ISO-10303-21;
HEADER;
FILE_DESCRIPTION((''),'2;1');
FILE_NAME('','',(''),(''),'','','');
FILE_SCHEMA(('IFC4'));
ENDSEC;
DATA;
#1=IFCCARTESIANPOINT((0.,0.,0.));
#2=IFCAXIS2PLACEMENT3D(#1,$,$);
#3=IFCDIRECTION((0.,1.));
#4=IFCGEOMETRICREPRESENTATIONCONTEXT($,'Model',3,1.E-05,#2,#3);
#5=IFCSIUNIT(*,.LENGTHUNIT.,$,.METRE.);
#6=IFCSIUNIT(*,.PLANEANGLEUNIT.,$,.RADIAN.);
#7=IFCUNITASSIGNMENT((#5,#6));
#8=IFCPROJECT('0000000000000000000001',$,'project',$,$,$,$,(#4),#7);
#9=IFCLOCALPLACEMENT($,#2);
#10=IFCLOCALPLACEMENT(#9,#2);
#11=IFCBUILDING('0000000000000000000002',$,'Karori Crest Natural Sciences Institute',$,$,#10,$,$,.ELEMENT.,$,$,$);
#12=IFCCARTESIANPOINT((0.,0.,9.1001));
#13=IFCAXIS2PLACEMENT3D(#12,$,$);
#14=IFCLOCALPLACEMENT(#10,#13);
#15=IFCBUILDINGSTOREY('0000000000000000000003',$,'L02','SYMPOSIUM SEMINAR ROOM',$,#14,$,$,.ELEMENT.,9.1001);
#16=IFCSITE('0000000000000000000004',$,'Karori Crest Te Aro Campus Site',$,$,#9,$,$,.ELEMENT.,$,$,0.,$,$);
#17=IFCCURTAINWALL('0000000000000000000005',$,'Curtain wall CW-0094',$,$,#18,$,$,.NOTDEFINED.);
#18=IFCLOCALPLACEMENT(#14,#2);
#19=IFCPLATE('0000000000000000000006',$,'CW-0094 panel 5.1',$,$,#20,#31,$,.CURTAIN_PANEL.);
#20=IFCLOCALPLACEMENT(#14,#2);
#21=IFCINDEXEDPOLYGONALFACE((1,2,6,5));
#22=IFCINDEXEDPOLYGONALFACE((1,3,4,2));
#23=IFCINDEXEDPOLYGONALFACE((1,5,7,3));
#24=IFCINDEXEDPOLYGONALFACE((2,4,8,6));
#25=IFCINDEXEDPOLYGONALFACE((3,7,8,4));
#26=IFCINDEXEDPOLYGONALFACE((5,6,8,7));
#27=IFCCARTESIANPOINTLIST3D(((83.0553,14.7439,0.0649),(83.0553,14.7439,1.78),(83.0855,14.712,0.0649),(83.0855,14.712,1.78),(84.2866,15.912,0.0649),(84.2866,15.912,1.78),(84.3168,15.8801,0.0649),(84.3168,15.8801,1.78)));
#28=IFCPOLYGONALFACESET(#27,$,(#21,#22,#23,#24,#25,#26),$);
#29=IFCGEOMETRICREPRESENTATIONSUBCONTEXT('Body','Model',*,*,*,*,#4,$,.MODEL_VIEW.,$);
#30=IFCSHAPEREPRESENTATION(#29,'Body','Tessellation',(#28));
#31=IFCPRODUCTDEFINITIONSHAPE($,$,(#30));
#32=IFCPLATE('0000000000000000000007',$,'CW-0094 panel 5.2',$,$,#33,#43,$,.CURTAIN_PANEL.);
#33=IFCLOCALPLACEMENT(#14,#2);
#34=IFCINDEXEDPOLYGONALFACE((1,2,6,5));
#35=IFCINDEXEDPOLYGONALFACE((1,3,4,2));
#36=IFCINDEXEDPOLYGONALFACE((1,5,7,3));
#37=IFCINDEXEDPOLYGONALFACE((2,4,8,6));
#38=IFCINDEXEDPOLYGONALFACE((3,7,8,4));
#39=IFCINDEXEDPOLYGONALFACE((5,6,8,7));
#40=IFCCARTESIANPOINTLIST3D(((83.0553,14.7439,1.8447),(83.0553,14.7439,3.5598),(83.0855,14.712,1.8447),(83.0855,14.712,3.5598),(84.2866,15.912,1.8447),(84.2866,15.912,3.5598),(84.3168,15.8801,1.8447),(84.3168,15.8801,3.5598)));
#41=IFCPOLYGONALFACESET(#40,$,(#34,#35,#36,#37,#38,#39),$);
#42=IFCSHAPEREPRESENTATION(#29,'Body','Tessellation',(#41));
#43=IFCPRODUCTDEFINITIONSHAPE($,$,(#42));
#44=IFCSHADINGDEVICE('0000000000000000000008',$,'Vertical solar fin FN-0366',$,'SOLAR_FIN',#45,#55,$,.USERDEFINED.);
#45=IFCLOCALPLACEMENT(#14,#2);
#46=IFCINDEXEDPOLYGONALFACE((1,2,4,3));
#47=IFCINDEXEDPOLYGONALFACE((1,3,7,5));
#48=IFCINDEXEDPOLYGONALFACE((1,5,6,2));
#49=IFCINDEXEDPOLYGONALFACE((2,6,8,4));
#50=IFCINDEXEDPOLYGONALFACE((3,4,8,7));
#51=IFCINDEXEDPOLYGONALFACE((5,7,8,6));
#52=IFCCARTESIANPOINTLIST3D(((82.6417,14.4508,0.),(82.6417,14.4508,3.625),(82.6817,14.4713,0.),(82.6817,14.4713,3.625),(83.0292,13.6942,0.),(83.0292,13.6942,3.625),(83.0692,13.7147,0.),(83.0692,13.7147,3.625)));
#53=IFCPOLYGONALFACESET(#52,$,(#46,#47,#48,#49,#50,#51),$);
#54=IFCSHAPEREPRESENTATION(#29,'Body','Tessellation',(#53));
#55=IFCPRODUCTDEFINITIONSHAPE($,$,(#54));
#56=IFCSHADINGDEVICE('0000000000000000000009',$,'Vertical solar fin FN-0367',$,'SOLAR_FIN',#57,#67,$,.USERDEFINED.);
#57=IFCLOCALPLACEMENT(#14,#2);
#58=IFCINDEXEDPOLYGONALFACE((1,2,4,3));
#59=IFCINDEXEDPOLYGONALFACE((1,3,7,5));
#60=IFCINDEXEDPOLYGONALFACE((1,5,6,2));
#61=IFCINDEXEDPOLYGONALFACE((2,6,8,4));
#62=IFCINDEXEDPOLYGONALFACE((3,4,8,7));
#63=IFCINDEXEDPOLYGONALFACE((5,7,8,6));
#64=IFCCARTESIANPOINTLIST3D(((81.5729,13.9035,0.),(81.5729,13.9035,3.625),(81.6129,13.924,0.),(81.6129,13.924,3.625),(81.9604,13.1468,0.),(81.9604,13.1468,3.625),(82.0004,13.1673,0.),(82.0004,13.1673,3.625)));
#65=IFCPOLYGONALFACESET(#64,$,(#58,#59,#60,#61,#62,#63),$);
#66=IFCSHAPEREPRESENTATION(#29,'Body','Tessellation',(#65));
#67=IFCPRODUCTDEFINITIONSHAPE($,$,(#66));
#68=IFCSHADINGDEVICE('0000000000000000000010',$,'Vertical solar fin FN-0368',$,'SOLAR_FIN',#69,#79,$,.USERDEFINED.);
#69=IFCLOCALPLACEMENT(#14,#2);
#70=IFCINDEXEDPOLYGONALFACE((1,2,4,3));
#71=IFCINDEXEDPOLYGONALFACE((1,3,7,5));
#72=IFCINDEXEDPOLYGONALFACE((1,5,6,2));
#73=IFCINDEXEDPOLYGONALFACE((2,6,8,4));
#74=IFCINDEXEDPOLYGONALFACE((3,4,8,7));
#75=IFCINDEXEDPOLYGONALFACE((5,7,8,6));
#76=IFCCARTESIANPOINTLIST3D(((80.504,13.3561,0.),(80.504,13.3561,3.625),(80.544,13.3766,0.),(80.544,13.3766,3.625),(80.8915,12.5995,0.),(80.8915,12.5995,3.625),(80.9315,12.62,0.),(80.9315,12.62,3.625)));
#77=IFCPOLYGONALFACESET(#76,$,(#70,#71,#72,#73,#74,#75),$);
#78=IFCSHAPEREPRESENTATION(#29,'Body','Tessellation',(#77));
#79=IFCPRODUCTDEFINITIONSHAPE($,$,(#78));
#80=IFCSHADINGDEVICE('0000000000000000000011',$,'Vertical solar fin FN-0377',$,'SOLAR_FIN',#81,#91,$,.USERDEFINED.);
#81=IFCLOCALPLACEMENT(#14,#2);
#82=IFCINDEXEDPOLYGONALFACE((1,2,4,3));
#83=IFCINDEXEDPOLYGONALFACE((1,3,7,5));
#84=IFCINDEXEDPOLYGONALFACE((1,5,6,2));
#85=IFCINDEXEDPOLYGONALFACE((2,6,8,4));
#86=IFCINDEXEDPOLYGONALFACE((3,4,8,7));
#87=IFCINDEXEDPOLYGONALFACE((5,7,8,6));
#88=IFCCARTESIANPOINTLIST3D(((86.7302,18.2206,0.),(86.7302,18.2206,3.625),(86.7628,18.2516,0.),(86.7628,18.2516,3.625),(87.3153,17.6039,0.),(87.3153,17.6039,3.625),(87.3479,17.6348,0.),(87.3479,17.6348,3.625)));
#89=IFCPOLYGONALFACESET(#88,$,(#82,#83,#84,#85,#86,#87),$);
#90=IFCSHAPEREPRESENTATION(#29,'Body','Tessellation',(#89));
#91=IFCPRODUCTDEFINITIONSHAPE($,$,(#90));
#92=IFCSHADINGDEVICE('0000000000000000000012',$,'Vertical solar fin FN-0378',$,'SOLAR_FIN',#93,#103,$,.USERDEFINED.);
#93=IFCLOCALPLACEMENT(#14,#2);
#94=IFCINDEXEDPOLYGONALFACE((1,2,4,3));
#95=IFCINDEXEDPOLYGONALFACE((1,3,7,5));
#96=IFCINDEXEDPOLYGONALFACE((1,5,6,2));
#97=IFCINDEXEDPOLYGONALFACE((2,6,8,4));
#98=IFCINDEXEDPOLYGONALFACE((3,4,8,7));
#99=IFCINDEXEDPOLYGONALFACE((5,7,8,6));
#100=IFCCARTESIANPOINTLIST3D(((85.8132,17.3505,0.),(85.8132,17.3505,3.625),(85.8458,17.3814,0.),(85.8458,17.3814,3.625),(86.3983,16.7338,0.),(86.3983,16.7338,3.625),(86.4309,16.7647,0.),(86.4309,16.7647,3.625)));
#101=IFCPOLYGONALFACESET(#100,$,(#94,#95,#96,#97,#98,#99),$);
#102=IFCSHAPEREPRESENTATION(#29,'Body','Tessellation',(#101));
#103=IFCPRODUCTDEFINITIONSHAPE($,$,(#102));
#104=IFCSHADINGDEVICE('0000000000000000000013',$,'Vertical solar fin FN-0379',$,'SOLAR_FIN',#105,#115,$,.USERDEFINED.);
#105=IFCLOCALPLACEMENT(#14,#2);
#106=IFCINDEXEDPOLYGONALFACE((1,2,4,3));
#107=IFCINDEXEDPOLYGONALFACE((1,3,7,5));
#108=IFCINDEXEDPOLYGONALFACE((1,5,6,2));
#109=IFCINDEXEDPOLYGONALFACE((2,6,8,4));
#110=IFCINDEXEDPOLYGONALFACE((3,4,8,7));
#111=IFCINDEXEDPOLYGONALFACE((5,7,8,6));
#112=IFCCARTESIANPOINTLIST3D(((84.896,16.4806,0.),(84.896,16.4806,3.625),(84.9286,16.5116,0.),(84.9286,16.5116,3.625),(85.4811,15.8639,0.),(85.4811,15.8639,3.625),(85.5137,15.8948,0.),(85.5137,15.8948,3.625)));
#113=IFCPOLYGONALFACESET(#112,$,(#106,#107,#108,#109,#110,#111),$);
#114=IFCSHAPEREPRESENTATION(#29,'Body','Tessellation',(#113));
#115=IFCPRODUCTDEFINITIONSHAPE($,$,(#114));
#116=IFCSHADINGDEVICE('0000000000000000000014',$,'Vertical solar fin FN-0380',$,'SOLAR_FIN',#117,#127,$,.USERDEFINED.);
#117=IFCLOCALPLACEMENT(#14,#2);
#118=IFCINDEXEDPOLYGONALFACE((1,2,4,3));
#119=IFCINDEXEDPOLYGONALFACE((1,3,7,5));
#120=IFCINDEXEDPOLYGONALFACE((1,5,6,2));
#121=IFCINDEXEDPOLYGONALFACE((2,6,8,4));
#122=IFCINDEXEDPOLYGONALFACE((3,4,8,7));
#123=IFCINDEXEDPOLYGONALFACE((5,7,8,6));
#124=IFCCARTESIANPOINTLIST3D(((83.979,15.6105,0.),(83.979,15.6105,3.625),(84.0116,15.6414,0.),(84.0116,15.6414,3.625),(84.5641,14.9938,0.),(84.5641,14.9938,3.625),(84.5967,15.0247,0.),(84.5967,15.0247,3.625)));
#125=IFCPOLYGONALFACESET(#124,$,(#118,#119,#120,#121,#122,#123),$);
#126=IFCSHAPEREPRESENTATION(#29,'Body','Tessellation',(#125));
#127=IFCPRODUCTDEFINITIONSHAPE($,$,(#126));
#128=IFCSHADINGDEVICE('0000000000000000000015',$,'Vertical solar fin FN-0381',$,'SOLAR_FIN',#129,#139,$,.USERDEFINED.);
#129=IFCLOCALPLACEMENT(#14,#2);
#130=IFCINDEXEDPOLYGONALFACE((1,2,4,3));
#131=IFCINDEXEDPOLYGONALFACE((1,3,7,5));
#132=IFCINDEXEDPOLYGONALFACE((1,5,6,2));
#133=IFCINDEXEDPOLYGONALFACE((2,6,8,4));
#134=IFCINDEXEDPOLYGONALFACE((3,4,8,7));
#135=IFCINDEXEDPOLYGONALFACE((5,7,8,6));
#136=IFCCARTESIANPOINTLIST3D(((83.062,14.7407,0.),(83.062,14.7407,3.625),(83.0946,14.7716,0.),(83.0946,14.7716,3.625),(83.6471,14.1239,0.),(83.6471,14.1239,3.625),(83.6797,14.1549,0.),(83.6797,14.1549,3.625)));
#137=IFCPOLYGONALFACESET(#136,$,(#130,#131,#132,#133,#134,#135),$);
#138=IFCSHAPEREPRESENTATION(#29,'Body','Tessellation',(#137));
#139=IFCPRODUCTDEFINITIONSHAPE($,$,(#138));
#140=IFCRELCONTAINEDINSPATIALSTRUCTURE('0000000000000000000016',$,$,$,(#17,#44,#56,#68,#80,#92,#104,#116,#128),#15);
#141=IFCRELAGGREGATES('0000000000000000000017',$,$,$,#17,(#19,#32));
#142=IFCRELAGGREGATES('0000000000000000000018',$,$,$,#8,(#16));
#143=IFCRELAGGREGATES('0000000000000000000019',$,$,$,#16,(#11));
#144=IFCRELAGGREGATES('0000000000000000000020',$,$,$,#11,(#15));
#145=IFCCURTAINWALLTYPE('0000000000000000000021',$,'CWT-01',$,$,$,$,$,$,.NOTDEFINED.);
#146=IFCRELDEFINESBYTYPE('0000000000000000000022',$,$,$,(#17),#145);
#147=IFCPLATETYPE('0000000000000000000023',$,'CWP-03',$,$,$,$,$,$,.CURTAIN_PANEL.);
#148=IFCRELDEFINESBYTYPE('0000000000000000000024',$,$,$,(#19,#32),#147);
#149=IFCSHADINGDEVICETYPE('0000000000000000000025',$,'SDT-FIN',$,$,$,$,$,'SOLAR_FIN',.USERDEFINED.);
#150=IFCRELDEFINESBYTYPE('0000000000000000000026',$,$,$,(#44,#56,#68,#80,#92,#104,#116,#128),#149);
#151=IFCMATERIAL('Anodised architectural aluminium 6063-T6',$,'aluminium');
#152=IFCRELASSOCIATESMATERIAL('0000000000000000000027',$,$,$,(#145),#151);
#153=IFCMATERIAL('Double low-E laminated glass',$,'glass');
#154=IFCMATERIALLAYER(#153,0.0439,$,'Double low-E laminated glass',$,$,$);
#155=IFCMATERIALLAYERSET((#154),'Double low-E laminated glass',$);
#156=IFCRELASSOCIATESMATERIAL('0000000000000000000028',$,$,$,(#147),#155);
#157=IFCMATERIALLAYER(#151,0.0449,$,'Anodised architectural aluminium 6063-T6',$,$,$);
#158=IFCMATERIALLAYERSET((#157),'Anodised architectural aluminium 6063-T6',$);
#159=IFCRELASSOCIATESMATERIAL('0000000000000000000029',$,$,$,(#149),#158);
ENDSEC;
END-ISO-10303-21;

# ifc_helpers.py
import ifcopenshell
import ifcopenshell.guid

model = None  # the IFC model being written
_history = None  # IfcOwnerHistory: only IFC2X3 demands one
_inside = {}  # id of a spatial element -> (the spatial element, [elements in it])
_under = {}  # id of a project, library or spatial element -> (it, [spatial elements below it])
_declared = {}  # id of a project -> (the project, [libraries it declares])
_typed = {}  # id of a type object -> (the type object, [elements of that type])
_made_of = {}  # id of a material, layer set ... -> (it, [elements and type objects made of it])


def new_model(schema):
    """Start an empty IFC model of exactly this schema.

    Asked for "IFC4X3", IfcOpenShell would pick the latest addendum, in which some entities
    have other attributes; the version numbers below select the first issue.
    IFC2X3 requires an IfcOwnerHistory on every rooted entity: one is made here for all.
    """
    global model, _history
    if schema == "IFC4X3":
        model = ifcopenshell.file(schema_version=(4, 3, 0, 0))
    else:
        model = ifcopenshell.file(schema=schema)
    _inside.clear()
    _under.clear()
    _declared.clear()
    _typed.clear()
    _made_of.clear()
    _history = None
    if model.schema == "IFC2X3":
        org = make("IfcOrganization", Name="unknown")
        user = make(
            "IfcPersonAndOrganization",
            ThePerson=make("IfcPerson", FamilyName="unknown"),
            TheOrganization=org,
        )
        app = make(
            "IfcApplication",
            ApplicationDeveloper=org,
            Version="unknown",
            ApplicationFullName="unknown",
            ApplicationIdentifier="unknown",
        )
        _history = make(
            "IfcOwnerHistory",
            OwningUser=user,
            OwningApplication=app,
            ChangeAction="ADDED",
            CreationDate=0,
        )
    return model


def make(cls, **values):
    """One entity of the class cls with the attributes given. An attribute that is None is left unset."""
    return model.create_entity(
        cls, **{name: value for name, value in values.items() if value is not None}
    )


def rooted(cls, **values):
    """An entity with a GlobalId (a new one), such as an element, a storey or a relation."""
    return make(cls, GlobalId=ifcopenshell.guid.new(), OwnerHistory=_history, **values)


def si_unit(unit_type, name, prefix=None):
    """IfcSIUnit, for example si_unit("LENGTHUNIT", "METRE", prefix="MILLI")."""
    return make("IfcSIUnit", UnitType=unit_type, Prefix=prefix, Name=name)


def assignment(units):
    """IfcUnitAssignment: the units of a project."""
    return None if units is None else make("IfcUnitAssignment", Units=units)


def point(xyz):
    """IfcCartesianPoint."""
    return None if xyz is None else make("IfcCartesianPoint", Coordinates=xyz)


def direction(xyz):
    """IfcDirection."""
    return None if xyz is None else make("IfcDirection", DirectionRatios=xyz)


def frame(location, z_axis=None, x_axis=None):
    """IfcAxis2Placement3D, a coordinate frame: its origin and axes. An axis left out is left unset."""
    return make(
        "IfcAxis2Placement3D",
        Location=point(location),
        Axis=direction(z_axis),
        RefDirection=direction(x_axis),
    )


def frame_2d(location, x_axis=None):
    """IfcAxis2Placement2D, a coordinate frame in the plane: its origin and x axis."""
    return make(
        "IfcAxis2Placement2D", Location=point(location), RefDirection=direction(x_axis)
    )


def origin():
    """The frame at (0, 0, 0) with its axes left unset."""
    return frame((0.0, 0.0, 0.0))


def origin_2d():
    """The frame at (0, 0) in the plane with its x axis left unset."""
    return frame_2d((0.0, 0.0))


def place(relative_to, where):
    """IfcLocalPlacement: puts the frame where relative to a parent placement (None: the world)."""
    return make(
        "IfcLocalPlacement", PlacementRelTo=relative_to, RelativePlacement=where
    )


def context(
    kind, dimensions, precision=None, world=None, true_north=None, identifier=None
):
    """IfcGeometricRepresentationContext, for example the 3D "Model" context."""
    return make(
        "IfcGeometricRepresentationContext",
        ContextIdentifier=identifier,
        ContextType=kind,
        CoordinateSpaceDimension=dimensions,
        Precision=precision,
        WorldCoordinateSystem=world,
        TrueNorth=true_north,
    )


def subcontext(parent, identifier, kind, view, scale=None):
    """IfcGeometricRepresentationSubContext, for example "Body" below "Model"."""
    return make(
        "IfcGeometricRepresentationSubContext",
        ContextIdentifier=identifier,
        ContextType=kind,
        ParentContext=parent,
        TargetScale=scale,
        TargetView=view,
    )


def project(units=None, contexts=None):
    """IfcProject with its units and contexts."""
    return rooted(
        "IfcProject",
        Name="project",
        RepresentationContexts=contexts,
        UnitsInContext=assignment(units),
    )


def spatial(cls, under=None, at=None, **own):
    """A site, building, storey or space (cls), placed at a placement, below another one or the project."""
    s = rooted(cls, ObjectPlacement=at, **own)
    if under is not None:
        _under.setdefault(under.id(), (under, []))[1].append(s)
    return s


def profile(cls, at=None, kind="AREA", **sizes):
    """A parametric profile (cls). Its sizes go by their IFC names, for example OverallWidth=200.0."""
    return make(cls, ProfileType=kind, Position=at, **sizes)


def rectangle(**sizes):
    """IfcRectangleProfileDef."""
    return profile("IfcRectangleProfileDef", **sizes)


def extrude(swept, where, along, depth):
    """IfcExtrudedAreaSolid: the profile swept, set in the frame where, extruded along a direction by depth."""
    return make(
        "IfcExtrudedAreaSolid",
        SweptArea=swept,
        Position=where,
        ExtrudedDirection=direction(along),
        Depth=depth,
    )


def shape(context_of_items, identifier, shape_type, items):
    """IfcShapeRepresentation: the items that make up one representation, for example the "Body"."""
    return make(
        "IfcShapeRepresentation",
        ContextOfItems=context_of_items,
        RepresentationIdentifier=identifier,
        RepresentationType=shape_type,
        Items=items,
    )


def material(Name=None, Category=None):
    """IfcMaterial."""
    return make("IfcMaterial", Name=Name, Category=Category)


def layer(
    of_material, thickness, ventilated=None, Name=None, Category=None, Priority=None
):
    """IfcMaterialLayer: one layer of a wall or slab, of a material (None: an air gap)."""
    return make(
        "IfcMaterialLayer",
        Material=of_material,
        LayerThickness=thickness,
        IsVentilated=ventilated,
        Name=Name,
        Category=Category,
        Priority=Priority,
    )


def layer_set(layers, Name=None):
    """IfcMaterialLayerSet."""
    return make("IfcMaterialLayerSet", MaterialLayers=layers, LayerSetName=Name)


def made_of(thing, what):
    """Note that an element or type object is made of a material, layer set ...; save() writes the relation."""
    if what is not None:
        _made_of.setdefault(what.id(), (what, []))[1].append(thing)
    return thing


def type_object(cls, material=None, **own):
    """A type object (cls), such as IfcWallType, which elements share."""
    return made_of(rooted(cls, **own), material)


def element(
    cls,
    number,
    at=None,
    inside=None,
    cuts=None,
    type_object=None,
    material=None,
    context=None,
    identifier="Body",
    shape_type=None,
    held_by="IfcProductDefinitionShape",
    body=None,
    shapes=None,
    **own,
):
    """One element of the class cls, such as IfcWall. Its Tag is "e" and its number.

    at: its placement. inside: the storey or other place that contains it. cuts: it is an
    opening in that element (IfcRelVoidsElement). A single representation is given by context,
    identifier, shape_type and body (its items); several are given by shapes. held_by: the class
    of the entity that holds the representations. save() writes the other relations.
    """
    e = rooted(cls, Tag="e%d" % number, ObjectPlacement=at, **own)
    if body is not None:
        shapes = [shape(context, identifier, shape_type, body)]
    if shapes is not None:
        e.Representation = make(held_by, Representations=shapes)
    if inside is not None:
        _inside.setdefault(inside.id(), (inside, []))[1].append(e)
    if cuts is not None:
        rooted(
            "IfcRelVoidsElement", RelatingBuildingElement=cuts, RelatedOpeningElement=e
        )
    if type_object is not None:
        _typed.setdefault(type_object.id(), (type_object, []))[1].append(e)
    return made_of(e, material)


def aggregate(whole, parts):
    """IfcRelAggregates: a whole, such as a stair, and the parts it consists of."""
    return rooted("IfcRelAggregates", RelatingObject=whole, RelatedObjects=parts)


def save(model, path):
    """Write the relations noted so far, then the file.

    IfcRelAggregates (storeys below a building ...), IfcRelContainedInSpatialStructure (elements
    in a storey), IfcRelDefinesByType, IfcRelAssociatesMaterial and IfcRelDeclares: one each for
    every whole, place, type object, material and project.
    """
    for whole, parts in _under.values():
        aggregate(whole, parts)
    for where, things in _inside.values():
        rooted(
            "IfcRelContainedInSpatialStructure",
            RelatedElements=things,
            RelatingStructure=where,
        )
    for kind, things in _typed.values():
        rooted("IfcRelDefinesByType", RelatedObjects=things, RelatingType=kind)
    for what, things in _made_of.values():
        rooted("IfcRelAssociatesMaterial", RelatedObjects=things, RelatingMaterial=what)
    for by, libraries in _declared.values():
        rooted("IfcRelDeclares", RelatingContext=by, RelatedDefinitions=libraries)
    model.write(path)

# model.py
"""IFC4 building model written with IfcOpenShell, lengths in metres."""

from ifc_helpers import new_model, si_unit, direction, frame, origin, origin_2d, place, context, subcontext, project, spatial, rectangle, extrude, material, layer, layer_set, type_object, element, aggregate, save


model = new_model("IFC4")

# Units and contexts
model_context = context("Model", 3, precision=1e-05, world=origin(), true_north=direction((0.0, 1.0)))
body_context = subcontext(model_context, "Body", "Model", "MODEL_VIEW")
ifc_project = project(units=[si_unit("LENGTHUNIT", "METRE"), si_unit("PLANEANGLEUNIT", "RADIAN")], contexts=[model_context])

# Site, building, storey
site_placement = place(None, origin())
site = spatial("IfcSite", under=ifc_project, at=site_placement, Name="Karori Crest Te Aro Campus Site", CompositionType="ELEMENT", RefElevation=0.0)
building_placement = place(site_placement, origin())
building = spatial("IfcBuilding", under=site, at=building_placement, Name="Karori Crest Natural Sciences Institute", CompositionType="ELEMENT")
storey_placement = place(building_placement, frame((0.0, 0.0, 9.1001)))
storey = spatial("IfcBuildingStorey", under=building, at=storey_placement, Name="L02", Description="SYMPOSIUM SEMINAR ROOM", CompositionType="ELEMENT", Elevation=9.1001)

# Curtain wall
ifc_material_1 = material(Name="Anodised architectural aluminium 6063-T6", Category="aluminium")
curtain_wall_type_1 = type_object("IfcCurtainWallType", Name="CWT-01", PredefinedType="NOTDEFINED", material=ifc_material_1)
curtain_wall_1_placement = place(storey_placement, origin())
curtain_wall_1 = element("IfcCurtainWall", 1, at=curtain_wall_1_placement, inside=storey, type_object=curtain_wall_type_1, Name="Curtain wall CW-0094", PredefinedType="NOTDEFINED")

# Plates
ifc_material_2 = material(Name="Double low-E laminated glass", Category="glass")
ifc_layer_1 = layer(ifc_material_2, 0.0439, Name="Double low-E laminated glass")
ifc_layer_set_1 = layer_set([ifc_layer_1], Name="Double low-E laminated glass")
plate_type_1 = type_object("IfcPlateType", Name="CWP-03", PredefinedType="CURTAIN_PANEL", material=ifc_layer_set_1)
plate_1_placement = place(storey_placement, frame((83.686, 15.312, 0.0649), z_axis=(0.0, 0.0, 1.0), x_axis=(-0.725473, -0.688251, 0.0)))
plate_1 = element("IfcPlate", 2, at=plate_1_placement, type_object=plate_type_1, Name="CW-0094 panel 5.1", PredefinedType="CURTAIN_PANEL", context=body_context, shape_type="SweptSolid", body=[
    extrude(rectangle(XDim=1.6973, YDim=0.0439, at=origin_2d()), origin(), (0.0, 0.0, 1.0), 1.7151),
])
plate_2_placement = place(storey_placement, frame((83.686, 15.312, 1.8447), z_axis=(0.0, 0.0, 1.0), x_axis=(-0.725473, -0.688251, 0.0)))
plate_2 = element("IfcPlate", 3, at=plate_2_placement, type_object=plate_type_1, Name="CW-0094 panel 5.2", PredefinedType="CURTAIN_PANEL", context=body_context, shape_type="SweptSolid", body=[
    extrude(rectangle(XDim=1.6973, YDim=0.0439, at=origin_2d()), origin(), (0.0, 0.0, 1.0), 1.7151),
])
aggregate(curtain_wall_1, [plate_1, plate_2])

# Shading devices
ifc_layer_2 = layer(ifc_material_1, 0.0449, Name="Anodised architectural aluminium 6063-T6")
ifc_layer_set_2 = layer_set([ifc_layer_2], Name="Anodised architectural aluminium 6063-T6")
shading_device_type = type_object("IfcShadingDeviceType", Name="SDT-FIN", ElementType="SOLAR_FIN", PredefinedType="USERDEFINED", material=ifc_layer_set_2)
for number, where, z_axis, x_axis, name in (
    (4, (82.8555, 14.0828, 0.0), (0.0, 0.0, 1.0), (0.455832, -0.890066, 0.0), "Vertical solar fin FN-0366"),
    (5, (81.7866, 13.5354, 0.0), (0.0, 0.0, 1.0), (0.455832, -0.890066, 0.0), "Vertical solar fin FN-0367"),
    (6, (80.7178, 12.988, 0.0), (0.0, 0.0, 1.0), (0.455832, -0.890066, 0.0), "Vertical solar fin FN-0368"),
    (7, (87.0391, 17.9277, 0.0), (0.0, 0.0, 1.0), (0.688251, -0.725473, 0.0), "Vertical solar fin FN-0377"),
    (8, (86.1221, 17.0576, 0.0), (0.0, 0.0, 1.0), (0.688251, -0.725473, 0.0), "Vertical solar fin FN-0378"),
    (9, (85.2048, 16.1877, 0.0), (0.0, 0.0, 1.0), (0.688251, -0.725473, 0.0), "Vertical solar fin FN-0379"),
    (10, (84.2878, 15.3176, 0.0), (0.0, 0.0, 1.0), (0.688251, -0.725473, 0.0), "Vertical solar fin FN-0380"),
    (11, (83.3708, 14.4478, 0.0), (0.0, 0.0, 1.0), (0.688251, -0.725473, 0.0), "Vertical solar fin FN-0381"),
):
    element("IfcShadingDevice", number, at=place(storey_placement, frame(where, z_axis=z_axis, x_axis=x_axis)), inside=storey, type_object=shading_device_type, Name=name, ObjectType="SOLAR_FIN", PredefinedType="USERDEFINED", context=body_context, shape_type="SweptSolid", body=[
        extrude(rectangle(XDim=0.8501, YDim=0.0449, at=origin_2d()), origin(), (0.0, 0.0, 1.0), 3.625),
    ])

save(model, "model.ifc")
